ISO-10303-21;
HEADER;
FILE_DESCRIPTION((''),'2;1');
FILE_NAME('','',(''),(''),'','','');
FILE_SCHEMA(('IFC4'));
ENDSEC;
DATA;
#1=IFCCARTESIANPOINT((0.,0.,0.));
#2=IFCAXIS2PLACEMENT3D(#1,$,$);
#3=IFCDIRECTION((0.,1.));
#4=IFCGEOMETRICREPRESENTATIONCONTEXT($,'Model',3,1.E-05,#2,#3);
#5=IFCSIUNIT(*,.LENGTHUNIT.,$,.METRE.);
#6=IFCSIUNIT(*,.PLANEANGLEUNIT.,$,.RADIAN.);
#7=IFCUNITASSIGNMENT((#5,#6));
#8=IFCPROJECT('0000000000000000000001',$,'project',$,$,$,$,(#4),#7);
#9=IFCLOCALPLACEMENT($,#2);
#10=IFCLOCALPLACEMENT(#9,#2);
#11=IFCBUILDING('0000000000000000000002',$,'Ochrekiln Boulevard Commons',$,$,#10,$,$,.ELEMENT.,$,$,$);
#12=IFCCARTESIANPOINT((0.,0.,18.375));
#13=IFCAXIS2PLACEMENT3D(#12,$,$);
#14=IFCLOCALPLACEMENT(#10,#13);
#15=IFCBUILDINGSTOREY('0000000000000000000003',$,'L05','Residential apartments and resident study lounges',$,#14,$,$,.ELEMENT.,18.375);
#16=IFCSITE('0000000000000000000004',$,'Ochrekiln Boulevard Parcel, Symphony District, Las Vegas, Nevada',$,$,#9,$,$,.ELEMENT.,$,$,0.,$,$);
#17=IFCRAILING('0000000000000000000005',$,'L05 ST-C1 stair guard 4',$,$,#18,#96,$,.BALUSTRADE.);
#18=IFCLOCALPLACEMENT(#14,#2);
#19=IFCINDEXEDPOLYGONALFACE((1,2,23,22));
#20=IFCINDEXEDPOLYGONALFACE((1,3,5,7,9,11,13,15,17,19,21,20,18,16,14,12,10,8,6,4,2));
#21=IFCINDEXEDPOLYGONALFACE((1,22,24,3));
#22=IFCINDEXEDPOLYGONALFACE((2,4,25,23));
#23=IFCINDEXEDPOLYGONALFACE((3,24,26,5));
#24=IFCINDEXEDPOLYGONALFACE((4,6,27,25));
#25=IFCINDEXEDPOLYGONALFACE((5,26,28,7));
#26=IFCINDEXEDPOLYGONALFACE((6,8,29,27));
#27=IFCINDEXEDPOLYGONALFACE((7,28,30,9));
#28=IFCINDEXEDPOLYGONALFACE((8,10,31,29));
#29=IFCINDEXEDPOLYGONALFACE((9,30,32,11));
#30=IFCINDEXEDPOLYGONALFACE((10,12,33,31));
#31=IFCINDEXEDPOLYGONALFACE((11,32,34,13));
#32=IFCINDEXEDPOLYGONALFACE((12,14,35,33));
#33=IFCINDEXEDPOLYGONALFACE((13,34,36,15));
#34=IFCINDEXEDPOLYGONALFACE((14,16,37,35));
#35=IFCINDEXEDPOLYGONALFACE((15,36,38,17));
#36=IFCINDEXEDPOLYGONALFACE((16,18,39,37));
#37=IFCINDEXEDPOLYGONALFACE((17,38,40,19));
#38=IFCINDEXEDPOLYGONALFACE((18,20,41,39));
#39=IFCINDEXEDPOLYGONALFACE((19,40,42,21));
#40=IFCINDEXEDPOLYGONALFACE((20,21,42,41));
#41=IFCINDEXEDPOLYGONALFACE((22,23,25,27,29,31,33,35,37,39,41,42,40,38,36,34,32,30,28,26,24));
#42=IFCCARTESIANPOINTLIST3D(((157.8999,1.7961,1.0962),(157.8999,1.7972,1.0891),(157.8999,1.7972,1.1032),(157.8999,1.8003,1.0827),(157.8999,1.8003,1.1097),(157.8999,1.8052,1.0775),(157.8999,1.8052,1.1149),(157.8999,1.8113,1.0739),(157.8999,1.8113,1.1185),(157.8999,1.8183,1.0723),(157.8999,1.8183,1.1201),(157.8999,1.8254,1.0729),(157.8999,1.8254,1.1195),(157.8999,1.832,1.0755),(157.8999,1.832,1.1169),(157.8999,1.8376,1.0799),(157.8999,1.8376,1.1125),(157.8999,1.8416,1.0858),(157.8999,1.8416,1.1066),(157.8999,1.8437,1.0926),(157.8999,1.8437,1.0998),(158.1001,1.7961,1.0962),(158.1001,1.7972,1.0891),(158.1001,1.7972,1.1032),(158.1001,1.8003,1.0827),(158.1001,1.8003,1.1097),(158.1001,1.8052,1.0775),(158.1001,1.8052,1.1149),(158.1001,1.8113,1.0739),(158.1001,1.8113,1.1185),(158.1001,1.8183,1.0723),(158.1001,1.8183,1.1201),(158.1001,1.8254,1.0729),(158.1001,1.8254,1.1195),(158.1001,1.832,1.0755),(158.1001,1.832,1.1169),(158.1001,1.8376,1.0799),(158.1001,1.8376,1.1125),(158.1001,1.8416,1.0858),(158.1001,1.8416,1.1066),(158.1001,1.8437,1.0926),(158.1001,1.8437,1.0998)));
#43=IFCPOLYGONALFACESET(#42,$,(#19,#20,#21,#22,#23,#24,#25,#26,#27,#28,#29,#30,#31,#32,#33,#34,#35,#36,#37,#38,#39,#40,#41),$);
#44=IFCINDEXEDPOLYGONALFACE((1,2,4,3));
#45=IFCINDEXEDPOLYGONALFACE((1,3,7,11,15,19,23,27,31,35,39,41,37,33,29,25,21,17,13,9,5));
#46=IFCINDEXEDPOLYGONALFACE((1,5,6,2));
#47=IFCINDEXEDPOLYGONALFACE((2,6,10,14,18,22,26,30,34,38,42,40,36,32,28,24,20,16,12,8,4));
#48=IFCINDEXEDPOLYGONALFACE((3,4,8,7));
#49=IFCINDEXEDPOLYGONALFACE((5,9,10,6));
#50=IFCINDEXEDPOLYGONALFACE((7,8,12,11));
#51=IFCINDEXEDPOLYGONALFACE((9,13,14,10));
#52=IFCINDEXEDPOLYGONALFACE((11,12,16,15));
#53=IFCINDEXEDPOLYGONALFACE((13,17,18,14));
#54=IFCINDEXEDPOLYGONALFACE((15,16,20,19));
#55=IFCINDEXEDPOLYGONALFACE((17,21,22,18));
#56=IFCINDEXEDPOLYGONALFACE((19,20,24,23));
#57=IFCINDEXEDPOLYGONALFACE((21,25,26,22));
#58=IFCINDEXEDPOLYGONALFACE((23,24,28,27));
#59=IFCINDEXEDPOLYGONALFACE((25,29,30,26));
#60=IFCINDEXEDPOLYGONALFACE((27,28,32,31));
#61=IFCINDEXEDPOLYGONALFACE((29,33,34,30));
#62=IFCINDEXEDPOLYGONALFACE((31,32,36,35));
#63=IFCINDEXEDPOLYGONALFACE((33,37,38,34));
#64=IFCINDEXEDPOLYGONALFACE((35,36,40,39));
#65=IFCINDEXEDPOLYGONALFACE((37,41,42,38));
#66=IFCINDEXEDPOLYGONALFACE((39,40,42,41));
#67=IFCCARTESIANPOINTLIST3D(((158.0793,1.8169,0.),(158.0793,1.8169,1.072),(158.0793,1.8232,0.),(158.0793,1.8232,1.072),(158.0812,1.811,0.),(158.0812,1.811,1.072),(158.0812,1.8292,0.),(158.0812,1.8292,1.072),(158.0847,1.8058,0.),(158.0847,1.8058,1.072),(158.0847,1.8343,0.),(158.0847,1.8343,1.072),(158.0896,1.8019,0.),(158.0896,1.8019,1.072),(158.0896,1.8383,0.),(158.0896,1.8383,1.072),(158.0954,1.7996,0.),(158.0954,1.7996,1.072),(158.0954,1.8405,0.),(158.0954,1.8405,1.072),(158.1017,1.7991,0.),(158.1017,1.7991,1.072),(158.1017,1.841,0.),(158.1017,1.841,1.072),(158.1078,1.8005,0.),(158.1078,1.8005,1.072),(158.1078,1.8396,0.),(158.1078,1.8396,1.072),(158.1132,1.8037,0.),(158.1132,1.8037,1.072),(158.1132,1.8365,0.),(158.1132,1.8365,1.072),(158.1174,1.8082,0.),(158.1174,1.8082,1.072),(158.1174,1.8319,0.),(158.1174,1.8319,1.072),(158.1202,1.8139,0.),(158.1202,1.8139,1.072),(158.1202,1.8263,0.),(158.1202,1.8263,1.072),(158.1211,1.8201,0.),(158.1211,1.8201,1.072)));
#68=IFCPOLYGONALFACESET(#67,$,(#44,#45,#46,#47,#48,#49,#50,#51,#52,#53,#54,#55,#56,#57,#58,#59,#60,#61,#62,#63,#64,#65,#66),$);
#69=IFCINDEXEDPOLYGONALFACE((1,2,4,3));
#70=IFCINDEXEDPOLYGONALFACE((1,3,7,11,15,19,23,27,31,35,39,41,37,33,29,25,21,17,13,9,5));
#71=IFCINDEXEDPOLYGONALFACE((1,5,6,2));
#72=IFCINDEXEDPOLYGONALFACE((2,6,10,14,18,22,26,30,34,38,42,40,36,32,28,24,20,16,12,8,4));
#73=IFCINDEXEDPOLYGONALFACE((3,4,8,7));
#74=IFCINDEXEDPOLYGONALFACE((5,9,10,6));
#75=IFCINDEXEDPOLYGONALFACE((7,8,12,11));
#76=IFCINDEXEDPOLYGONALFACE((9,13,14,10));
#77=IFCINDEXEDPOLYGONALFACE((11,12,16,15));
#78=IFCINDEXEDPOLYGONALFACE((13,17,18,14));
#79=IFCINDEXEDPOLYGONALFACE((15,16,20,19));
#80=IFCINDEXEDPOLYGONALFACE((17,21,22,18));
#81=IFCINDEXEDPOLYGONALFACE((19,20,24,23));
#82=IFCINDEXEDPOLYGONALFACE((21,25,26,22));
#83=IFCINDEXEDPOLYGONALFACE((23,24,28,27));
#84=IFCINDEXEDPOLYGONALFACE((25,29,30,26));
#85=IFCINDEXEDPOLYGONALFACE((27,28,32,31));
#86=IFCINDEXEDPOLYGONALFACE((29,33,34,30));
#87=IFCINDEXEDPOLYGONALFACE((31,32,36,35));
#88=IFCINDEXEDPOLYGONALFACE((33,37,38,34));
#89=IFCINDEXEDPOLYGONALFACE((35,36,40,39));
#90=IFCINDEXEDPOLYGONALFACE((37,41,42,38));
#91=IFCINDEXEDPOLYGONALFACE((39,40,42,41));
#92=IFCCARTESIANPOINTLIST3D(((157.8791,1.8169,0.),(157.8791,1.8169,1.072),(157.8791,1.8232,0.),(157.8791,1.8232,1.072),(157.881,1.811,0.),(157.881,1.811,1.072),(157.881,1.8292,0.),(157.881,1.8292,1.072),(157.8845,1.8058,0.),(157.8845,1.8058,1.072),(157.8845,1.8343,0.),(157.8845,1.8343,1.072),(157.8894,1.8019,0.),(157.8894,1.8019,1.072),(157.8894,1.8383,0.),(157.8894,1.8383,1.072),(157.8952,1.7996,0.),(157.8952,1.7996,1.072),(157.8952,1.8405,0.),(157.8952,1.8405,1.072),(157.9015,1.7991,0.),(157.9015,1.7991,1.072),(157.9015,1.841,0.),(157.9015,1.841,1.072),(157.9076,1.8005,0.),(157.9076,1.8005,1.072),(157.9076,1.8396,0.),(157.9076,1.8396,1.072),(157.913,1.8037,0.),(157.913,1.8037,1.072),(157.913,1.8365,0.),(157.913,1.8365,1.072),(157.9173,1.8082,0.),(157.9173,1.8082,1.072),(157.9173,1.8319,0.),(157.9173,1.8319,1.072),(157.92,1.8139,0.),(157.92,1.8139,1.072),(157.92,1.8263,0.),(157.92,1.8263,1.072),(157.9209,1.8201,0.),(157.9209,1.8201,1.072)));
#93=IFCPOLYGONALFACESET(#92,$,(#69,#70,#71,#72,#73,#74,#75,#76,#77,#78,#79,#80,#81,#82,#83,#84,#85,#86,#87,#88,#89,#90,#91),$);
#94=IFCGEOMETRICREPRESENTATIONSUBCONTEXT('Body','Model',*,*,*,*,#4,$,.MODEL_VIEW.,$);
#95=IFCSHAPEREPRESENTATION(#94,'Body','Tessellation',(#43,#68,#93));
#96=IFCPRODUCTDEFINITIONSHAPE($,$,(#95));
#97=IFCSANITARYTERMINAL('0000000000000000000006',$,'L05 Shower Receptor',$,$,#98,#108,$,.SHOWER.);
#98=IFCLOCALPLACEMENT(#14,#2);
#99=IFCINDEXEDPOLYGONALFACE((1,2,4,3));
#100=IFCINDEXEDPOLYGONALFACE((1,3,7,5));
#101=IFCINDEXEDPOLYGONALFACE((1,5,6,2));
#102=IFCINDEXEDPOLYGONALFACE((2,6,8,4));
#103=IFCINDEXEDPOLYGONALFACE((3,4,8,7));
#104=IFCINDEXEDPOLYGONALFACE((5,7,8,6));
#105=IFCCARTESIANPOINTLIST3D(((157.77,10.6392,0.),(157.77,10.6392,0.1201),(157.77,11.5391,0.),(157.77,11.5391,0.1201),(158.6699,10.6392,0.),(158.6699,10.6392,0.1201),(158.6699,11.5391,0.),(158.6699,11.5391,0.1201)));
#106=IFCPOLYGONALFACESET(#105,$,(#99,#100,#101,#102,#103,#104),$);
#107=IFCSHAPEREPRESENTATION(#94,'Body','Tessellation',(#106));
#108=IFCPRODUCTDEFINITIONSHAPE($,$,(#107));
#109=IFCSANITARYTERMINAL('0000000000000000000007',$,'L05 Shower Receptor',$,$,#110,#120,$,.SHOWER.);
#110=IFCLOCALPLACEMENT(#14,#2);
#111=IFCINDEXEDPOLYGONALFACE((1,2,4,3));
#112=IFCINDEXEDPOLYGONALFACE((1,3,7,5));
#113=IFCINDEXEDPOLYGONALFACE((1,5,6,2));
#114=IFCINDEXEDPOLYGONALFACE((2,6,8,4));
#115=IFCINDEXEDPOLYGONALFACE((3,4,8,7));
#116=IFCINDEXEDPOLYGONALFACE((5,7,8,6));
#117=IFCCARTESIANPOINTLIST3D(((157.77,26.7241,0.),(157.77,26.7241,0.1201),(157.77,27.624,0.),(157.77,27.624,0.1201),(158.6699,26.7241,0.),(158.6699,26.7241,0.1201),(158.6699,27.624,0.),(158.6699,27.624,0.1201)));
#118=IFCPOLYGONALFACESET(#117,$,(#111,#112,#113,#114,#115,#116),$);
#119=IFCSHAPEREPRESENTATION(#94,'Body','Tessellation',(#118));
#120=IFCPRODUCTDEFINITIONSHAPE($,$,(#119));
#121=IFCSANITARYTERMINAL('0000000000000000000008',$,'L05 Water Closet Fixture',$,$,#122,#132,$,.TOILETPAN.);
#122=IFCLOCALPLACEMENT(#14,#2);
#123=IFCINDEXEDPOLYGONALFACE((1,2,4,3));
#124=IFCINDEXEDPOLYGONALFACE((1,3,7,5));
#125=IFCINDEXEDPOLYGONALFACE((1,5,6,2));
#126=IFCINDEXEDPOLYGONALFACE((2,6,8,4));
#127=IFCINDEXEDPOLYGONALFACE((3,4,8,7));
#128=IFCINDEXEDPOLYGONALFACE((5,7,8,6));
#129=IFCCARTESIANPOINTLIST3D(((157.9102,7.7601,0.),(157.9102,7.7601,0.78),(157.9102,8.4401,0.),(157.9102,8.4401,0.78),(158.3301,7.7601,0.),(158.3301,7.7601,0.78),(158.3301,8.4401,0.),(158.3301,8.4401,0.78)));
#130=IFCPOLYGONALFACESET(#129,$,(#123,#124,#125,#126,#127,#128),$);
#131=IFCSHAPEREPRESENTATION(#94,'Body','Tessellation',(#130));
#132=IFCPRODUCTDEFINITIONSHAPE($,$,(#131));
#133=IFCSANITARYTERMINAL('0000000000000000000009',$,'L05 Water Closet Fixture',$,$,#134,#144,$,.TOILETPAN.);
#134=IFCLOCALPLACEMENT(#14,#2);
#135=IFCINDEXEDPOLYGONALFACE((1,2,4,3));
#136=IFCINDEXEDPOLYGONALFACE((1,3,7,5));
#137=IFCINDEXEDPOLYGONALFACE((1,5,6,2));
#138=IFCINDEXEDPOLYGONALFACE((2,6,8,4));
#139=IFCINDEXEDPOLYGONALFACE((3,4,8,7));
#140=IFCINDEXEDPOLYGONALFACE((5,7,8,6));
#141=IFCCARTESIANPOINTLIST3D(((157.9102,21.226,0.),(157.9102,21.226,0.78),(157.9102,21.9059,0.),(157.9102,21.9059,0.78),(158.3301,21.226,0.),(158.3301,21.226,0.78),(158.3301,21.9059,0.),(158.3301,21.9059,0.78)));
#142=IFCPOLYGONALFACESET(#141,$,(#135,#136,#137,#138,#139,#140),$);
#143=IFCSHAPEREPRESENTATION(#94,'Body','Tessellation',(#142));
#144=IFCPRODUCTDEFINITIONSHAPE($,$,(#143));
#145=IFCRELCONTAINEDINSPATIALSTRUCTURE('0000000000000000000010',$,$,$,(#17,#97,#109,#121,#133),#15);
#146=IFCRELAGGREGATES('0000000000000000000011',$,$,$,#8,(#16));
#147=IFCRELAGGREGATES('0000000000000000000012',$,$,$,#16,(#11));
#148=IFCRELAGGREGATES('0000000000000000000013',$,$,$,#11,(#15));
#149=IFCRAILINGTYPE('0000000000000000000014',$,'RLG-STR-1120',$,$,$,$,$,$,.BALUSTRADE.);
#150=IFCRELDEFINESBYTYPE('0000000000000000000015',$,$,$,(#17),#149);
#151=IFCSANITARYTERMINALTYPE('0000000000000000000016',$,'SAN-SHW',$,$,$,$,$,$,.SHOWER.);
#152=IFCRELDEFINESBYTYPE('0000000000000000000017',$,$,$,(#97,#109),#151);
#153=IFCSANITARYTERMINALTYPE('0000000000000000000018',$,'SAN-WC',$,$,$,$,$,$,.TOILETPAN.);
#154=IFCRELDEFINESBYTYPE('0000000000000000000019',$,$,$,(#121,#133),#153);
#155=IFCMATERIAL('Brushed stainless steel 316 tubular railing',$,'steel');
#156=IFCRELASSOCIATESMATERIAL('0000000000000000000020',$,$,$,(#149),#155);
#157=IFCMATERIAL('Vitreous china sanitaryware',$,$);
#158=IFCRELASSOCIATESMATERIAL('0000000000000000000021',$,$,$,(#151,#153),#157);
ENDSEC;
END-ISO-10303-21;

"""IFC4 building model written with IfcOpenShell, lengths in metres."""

from ifc_helpers import new_model, si_unit, direction, frame, origin, origin_2d, place, context, subcontext, project, spatial, rectangle, circle, extrude, material, type_object, element, save


model = new_model("IFC4")

# Units and contexts
model_context = context("Model", 3, precision=1e-05, world=origin(), true_north=direction((0.0, 1.0)))
body_context = subcontext(model_context, "Body", "Model", "MODEL_VIEW")
ifc_project = project(units=[si_unit("LENGTHUNIT", "METRE"), si_unit("PLANEANGLEUNIT", "RADIAN")], contexts=[model_context])

# Site, building, storey
site_placement = place(None, origin())
site = spatial("IfcSite", under=ifc_project, at=site_placement, Name="Ochrekiln Boulevard Parcel, Symphony District, Las Vegas, Nevada", CompositionType="ELEMENT", RefElevation=0.0)
building_placement = place(site_placement, origin())
building = spatial("IfcBuilding", under=site, at=building_placement, Name="Ochrekiln Boulevard Commons", CompositionType="ELEMENT")
storey_placement = place(building_placement, frame((0.0, 0.0, 18.375)))
storey = spatial("IfcBuildingStorey", under=building, at=storey_placement, Name="L05", Description="Residential apartments and resident study lounges", CompositionType="ELEMENT", Elevation=18.375)

# Railing
ifc_material_1 = material(Name="Brushed stainless steel 316 tubular railing", Category="steel")
railing_type_1 = type_object("IfcRailingType", Name="RLG-STR-1120", PredefinedType="BALUSTRADE", material=ifc_material_1)
railing_1_placement = place(storey_placement, frame((158.1001, 1.8201, 0.0)))
element("IfcRailing", 1, at=railing_1_placement, inside=storey, type_object=railing_type_1, Name="L05 ST-C1 stair guard 4", PredefinedType="BALUSTRADE", context=body_context, shape_type="SweptSolid", body=[
    extrude(circle(Radius=0.0239, at=origin_2d()), frame((0.0, 0.0, 1.0962), z_axis=(-1.0, 0.0, 0.0), x_axis=(0.0, -1.0, 0.0)), (0.0, 0.0, 1.0), 0.2002),
    extrude(circle(Radius=0.021, at=origin_2d()), origin(), (0.0, 0.0, 1.0), 1.072),
    extrude(circle(Radius=0.021, at=origin_2d()), frame((-0.2002, 0.0, 0.0)), (0.0, 0.0, 1.0), 1.072),
])

# Sanitary terminals
ifc_material_2 = material(Name="Vitreous china sanitaryware")
sanitary_terminal_type_1 = type_object("IfcSanitaryTerminalType", Name="SAN-SHW", PredefinedType="SHOWER", material=ifc_material_2)
for number, where, z_axis, x_axis, name in (
    (2, (158.22, 11.0891, 0.0), (0.0, 0.0, 1.0), (1.0, 0.0, 0.0), "L05 Shower Receptor"),
    (3, (158.22, 27.1741, 0.0), (0.0, 0.0, 1.0), (1.0, 0.0, 0.0), "L05 Shower Receptor"),
):
    element("IfcSanitaryTerminal", number, at=place(storey_placement, frame(where, z_axis=z_axis, x_axis=x_axis)), inside=storey, type_object=sanitary_terminal_type_1, Name=name, PredefinedType="SHOWER", context=body_context, shape_type="SweptSolid", body=[
        extrude(rectangle(XDim=0.8999, YDim=0.8999, at=origin_2d()), origin(), (0.0, 0.0, 1.0), 0.1201),
    ])
sanitary_terminal_type_2 = type_object("IfcSanitaryTerminalType", Name="SAN-WC", PredefinedType="TOILETPAN", material=ifc_material_2)
for number, where, z_axis, x_axis, name in (
    (4, (158.1201, 8.1001, 0.0), (0.0, 0.0, 1.0), (1.0, 0.0, 0.0), "L05 Water Closet Fixture"),
    (5, (158.1201, 21.5659, 0.0), (0.0, 0.0, 1.0), (1.0, 0.0, 0.0), "L05 Water Closet Fixture"),
):
    element("IfcSanitaryTerminal", number, at=place(storey_placement, frame(where, z_axis=z_axis, x_axis=x_axis)), inside=storey, type_object=sanitary_terminal_type_2, Name=name, PredefinedType="TOILETPAN", context=body_context, shape_type="SweptSolid", body=[
        extrude(rectangle(XDim=0.4199, YDim=0.6799, at=origin_2d()), origin(), (0.0, 0.0, 1.0), 0.78),
    ])

save(model, "model.ifc")
